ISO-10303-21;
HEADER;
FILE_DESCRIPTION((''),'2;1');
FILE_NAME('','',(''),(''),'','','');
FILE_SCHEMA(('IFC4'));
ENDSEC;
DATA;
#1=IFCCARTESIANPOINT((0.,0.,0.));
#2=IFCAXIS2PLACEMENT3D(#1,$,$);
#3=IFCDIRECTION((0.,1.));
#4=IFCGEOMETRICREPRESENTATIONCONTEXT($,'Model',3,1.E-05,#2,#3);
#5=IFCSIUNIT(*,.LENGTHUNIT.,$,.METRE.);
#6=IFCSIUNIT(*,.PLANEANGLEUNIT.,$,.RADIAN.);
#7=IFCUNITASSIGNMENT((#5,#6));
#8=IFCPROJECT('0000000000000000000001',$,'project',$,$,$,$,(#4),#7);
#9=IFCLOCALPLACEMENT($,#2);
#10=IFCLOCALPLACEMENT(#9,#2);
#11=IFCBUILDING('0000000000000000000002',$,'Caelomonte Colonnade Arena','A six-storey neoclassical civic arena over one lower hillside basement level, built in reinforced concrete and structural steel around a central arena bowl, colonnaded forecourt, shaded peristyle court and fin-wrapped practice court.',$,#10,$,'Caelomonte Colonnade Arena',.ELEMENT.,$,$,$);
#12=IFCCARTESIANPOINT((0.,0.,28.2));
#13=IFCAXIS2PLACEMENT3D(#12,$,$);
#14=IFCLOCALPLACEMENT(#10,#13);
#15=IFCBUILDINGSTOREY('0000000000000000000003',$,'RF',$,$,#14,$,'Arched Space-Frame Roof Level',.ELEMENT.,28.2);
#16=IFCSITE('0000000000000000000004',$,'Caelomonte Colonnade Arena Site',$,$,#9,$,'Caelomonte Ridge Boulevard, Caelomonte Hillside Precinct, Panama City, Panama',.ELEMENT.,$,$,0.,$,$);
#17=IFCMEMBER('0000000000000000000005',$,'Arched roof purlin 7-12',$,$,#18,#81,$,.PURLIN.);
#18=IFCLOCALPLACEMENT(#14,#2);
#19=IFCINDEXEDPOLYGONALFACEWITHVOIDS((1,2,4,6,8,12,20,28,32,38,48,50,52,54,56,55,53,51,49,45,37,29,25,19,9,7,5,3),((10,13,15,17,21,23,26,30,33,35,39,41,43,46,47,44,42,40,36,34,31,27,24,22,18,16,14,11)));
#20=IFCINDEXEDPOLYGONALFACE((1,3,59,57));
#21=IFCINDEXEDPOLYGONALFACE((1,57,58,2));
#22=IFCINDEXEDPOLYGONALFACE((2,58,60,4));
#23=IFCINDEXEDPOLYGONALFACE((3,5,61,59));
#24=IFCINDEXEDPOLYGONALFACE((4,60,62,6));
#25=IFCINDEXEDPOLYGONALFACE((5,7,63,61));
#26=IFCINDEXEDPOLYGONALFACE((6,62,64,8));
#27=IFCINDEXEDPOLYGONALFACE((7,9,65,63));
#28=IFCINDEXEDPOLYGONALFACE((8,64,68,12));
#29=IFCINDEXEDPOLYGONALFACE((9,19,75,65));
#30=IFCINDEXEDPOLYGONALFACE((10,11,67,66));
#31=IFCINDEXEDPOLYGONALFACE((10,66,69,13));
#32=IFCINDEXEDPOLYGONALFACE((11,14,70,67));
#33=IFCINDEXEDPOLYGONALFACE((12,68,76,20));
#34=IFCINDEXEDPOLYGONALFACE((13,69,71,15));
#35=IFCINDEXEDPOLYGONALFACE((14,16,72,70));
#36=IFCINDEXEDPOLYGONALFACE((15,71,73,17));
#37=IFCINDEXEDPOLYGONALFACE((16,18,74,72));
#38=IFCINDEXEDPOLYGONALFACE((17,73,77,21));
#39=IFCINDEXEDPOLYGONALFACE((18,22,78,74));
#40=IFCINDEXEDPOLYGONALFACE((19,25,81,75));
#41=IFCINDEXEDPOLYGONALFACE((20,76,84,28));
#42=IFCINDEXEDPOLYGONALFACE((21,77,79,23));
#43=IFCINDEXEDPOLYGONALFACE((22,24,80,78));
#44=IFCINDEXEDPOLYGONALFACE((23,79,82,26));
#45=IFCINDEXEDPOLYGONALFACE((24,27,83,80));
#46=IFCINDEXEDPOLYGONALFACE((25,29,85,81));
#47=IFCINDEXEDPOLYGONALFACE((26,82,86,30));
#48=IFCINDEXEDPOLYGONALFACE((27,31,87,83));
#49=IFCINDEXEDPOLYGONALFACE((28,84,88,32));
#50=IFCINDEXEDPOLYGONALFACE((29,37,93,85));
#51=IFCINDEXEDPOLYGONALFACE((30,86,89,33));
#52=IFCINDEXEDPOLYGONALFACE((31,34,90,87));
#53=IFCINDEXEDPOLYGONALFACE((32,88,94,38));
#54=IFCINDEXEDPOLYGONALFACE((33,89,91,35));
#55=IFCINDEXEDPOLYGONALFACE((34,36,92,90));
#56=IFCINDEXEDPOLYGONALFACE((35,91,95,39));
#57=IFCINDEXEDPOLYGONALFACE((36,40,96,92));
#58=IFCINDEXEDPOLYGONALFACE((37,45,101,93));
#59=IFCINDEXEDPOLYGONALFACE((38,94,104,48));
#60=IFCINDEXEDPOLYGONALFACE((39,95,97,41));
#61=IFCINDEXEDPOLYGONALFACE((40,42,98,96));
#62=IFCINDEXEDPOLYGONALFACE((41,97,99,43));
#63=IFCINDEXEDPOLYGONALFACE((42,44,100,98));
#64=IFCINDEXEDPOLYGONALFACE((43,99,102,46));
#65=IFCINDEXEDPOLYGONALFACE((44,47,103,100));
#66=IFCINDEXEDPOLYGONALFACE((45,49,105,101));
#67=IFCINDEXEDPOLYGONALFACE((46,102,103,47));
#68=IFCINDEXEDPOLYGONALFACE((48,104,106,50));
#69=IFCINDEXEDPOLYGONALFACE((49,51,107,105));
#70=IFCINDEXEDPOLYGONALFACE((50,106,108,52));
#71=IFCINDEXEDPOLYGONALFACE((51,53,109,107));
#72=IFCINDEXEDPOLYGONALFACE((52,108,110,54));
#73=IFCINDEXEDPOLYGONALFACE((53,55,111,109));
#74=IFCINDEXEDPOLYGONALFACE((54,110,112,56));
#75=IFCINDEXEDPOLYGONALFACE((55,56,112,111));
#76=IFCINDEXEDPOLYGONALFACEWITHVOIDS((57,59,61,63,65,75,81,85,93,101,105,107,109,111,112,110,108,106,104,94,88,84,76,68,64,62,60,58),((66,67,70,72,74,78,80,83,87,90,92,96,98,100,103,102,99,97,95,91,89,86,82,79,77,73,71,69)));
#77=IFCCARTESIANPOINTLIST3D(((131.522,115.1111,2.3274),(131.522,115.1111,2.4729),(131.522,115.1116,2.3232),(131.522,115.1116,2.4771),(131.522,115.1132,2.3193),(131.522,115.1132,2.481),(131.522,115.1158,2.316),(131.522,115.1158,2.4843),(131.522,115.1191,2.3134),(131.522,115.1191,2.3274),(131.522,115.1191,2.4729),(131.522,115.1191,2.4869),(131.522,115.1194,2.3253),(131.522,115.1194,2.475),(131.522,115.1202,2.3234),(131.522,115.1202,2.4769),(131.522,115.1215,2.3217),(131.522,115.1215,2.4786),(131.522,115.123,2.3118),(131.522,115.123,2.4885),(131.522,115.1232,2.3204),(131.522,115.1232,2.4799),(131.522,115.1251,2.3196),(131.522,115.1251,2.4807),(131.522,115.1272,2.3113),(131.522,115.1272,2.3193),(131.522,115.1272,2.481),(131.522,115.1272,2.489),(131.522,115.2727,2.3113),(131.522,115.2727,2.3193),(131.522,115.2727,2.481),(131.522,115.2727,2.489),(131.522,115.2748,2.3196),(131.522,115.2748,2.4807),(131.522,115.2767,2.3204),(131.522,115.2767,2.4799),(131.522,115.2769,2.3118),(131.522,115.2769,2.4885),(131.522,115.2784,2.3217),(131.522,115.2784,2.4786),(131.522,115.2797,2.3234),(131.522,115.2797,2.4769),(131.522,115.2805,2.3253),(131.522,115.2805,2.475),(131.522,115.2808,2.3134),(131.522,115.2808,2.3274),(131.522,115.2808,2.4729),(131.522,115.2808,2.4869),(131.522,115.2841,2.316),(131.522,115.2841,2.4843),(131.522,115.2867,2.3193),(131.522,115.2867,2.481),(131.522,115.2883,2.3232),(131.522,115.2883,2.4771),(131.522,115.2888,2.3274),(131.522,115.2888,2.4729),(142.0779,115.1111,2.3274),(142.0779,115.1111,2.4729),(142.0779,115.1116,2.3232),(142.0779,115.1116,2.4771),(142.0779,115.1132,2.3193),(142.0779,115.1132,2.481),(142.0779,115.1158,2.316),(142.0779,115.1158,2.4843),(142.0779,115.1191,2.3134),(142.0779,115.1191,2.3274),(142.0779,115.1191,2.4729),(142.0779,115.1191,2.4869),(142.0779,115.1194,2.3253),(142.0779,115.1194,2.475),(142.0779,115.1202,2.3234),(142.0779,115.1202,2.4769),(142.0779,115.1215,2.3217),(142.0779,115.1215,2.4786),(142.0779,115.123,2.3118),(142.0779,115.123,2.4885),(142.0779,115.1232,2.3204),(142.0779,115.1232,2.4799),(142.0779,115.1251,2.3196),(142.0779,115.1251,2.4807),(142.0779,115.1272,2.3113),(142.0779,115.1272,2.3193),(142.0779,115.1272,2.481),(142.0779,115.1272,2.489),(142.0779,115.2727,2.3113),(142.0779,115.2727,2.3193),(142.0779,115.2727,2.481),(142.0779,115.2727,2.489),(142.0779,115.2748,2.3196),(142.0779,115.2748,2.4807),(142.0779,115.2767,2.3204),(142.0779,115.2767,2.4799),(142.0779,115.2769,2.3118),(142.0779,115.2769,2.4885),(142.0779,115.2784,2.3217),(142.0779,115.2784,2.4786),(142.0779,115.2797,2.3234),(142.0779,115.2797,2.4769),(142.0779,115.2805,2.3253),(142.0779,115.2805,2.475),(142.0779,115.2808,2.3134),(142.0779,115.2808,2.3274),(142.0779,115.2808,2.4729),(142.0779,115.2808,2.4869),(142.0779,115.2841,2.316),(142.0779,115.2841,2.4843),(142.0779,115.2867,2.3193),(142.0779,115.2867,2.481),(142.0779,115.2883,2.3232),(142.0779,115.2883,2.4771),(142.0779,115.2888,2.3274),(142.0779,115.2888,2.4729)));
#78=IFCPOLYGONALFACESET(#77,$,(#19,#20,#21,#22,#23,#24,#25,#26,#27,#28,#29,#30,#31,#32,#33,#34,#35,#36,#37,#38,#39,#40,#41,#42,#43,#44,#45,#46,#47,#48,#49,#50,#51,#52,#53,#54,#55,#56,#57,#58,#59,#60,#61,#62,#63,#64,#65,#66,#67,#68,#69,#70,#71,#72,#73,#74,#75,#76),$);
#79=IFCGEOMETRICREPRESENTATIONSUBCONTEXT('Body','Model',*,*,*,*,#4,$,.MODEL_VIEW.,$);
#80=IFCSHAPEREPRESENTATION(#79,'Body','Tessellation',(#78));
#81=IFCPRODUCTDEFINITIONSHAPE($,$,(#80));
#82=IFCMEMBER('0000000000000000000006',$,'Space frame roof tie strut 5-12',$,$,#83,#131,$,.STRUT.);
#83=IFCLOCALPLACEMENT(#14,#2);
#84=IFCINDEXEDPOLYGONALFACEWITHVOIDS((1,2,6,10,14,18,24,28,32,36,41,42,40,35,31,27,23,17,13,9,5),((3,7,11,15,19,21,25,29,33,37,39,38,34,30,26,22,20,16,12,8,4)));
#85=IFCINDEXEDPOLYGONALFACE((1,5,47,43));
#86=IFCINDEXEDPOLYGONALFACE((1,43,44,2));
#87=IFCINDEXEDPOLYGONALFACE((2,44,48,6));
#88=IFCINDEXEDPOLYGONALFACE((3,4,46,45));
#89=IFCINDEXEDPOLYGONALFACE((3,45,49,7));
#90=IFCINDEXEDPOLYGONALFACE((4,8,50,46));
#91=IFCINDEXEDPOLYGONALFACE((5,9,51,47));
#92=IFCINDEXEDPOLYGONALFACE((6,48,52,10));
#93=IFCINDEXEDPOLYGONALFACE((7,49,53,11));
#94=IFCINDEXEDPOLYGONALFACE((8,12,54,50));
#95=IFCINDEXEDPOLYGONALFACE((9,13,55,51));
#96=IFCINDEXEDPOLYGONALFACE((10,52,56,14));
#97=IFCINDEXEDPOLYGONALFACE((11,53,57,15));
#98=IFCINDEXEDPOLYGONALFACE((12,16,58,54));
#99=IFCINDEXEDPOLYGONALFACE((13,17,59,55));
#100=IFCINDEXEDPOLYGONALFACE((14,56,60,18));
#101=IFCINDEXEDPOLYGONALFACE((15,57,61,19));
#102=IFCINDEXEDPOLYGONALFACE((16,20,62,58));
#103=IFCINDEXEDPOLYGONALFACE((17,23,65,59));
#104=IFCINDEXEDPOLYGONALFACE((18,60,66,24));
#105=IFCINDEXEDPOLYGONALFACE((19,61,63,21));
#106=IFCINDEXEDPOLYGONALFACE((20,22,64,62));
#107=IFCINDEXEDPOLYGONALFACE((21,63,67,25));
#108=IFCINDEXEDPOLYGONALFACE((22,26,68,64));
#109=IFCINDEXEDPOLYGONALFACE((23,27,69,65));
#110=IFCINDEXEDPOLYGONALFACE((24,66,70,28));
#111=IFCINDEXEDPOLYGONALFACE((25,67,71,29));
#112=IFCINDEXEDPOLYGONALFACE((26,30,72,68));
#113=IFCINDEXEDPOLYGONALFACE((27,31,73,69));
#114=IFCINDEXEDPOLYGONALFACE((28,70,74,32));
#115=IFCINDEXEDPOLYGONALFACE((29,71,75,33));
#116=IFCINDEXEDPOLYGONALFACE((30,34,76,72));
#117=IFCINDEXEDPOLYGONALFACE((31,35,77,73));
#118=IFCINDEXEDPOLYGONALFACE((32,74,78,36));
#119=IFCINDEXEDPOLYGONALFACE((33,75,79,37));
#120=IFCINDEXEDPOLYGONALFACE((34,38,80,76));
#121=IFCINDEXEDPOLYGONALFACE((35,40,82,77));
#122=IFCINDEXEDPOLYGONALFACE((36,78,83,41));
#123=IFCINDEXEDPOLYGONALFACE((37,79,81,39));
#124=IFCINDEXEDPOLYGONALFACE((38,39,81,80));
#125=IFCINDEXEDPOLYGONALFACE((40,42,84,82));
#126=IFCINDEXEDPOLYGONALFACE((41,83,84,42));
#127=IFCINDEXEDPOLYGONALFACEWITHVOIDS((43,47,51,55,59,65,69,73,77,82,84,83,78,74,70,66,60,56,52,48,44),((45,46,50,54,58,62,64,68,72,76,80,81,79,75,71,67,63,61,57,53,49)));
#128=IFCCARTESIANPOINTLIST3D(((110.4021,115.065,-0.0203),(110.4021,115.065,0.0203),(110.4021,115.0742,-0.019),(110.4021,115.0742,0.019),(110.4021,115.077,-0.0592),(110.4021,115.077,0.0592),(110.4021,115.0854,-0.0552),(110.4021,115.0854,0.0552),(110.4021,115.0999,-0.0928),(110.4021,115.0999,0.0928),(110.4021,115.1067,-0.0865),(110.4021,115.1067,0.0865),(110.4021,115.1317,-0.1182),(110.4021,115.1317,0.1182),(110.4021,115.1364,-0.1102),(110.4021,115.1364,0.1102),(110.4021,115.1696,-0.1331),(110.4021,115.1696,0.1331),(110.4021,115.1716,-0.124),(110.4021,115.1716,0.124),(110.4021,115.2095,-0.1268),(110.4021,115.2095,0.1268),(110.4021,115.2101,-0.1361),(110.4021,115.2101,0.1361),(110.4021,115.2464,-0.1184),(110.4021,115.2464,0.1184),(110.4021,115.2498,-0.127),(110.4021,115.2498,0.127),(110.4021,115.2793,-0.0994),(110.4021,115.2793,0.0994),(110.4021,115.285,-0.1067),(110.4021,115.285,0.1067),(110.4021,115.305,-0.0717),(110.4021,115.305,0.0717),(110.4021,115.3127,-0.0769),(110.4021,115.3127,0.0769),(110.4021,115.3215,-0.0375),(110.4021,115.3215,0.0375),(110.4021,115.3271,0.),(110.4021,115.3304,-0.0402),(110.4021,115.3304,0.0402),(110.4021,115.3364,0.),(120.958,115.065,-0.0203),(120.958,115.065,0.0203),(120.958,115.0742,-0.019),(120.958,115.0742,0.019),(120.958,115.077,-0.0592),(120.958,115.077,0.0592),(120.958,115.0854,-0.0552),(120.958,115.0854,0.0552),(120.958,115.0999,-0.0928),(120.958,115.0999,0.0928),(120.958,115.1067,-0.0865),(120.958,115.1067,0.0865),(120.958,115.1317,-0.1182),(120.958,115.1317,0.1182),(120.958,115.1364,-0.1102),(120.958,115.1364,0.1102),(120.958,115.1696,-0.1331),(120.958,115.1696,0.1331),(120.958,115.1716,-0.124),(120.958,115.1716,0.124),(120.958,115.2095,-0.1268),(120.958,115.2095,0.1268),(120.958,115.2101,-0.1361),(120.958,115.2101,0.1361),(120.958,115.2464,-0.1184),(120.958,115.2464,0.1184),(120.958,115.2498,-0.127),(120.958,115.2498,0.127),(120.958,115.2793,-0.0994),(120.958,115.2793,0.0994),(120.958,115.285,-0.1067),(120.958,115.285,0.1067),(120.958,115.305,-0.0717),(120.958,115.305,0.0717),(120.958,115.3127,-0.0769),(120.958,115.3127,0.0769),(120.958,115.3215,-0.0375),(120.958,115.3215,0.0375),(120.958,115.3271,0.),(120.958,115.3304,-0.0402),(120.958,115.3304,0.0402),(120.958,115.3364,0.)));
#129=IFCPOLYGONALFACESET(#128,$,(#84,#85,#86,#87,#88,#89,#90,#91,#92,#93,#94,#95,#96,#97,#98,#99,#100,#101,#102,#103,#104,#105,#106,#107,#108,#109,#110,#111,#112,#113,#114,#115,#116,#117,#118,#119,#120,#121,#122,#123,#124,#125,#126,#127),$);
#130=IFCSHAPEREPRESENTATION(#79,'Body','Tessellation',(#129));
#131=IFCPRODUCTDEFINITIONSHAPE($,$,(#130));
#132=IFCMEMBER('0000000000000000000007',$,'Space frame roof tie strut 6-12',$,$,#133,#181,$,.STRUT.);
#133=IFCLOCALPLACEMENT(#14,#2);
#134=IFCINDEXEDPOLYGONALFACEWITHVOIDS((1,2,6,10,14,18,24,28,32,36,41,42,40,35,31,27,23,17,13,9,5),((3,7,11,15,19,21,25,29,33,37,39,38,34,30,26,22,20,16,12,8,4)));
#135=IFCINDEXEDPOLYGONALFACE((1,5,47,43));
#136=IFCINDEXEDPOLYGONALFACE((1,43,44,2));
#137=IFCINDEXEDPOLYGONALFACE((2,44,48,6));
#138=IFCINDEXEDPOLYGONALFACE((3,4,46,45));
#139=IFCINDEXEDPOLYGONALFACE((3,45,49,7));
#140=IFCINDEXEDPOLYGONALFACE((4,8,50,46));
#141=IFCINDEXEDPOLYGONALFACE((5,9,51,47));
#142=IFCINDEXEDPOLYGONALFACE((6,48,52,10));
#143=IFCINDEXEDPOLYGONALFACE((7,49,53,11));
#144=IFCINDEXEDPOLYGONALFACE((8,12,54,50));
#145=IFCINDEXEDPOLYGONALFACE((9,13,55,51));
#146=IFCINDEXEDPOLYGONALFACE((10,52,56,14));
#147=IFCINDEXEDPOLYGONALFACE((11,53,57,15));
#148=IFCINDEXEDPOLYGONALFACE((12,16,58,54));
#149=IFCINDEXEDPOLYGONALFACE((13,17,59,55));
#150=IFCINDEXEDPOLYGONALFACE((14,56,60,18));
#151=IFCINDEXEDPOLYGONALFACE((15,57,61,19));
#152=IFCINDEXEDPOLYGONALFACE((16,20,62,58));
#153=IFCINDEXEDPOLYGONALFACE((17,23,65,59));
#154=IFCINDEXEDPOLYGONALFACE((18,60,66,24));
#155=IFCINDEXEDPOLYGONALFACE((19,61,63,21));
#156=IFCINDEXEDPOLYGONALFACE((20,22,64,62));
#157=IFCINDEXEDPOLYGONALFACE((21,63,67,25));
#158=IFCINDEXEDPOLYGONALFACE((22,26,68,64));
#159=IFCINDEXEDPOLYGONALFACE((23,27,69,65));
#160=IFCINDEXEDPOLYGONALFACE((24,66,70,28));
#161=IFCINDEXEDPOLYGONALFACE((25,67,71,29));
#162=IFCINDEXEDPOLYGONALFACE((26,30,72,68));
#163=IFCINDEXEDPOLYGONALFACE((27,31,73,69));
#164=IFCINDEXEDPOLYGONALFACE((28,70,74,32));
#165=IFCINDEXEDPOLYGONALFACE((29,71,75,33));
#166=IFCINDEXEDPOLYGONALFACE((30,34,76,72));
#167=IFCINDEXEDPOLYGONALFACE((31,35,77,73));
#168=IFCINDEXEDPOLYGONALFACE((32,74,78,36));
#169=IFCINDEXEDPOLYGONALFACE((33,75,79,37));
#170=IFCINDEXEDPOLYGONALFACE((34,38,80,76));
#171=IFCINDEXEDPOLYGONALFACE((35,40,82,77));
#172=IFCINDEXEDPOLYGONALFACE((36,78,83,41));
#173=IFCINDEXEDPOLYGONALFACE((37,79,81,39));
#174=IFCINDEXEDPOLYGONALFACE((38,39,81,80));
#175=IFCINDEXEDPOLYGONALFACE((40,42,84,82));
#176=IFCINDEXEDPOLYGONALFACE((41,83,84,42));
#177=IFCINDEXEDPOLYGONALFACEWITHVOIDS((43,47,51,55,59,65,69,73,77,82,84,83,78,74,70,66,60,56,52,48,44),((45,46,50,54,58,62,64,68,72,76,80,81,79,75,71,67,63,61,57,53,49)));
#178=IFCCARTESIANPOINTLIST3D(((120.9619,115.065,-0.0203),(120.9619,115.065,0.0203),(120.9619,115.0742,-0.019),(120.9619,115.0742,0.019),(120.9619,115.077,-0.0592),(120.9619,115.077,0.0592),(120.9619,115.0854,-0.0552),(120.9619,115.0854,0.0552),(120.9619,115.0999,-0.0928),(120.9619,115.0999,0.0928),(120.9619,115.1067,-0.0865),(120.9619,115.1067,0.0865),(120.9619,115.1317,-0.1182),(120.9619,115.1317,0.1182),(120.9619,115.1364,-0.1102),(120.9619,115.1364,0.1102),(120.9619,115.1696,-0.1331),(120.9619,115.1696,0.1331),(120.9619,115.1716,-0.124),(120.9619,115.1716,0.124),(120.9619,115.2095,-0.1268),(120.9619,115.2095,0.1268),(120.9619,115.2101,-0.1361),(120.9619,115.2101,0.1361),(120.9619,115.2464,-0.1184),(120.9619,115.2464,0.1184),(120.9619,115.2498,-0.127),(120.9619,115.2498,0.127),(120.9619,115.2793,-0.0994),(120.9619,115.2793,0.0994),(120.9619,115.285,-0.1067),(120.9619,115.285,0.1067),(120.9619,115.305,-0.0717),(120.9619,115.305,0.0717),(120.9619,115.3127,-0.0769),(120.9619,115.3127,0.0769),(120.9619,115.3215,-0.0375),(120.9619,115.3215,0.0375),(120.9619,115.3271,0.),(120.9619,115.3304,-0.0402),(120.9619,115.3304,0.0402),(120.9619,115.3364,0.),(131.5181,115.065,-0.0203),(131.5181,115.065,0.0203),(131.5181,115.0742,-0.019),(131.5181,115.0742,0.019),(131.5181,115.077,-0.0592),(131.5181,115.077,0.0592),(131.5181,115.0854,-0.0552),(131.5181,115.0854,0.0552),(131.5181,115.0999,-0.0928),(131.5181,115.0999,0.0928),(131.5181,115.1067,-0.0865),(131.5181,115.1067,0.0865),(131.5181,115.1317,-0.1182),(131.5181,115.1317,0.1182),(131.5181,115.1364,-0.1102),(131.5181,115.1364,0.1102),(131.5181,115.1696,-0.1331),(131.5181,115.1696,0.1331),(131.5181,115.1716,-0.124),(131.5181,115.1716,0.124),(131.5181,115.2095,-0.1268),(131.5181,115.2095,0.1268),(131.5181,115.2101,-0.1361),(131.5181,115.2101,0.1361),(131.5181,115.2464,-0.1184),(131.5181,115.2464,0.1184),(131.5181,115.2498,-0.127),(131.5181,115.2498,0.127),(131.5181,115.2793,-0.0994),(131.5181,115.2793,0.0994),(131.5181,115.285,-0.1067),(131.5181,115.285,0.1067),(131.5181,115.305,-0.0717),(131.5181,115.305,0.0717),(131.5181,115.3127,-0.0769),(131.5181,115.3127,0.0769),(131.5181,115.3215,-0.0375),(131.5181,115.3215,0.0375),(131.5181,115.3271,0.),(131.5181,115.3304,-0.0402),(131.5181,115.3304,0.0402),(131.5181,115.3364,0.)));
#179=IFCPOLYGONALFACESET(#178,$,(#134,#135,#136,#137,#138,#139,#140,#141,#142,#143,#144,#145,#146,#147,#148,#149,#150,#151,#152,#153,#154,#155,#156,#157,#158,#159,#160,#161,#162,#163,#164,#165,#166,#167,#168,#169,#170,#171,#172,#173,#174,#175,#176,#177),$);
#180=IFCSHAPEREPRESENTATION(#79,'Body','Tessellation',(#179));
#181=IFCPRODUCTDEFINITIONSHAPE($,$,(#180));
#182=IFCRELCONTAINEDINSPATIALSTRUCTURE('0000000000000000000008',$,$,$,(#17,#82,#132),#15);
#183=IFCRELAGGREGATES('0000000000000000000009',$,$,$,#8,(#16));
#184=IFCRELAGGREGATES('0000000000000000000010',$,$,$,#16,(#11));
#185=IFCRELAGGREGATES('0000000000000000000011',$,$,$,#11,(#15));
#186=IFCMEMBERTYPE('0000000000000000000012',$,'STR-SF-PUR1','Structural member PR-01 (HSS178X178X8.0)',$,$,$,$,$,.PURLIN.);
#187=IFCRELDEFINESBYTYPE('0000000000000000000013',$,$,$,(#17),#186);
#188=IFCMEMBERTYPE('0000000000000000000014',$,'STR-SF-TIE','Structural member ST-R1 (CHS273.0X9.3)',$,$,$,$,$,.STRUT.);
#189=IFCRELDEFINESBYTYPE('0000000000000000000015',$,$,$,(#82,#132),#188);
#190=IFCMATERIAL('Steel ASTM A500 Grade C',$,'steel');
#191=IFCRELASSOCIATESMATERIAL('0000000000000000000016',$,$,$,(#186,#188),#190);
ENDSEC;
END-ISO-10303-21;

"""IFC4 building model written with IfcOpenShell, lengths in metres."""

from ifc_helpers import new_model, si_unit, direction, frame, origin, origin_2d, place, context, subcontext, project, spatial, hollow_rectangle, hollow_circle, extrude, material, material_profile, profile_set, type_object, element, save


model = new_model("IFC4")

# Units and contexts
model_context = context("Model", 3, precision=1e-05, world=origin(), true_north=direction((0.0, 1.0)))
body_context = subcontext(model_context, "Body", "Model", "MODEL_VIEW")
ifc_project = project(units=[si_unit("LENGTHUNIT", "METRE"), si_unit("PLANEANGLEUNIT", "RADIAN")], contexts=[model_context])

# Site, building, storey
site_placement = place(None, origin())
site = spatial("IfcSite", under=ifc_project, at=site_placement, Name="Caelomonte Colonnade Arena Site", LongName="Caelomonte Ridge Boulevard, Caelomonte Hillside Precinct, Panama City, Panama", CompositionType="ELEMENT", RefElevation=0.0)
building_placement = place(site_placement, origin())
building = spatial("IfcBuilding", under=site, at=building_placement, Name="Caelomonte Colonnade Arena", Description="A six-storey neoclassical civic arena over one lower hillside basement level, built in reinforced concrete and structural steel around a central arena bowl, colonnaded forecourt, shaded peristyle court and fin-wrapped practice court.", LongName="Caelomonte Colonnade Arena", CompositionType="ELEMENT")
storey_placement = place(building_placement, frame((0.0, 0.0, 28.2)))
storey = spatial("IfcBuildingStorey", under=building, at=storey_placement, Name="RF", LongName="Arched Space-Frame Roof Level", CompositionType="ELEMENT", Elevation=28.2)

# Members
ifc_material_1 = material(Name="Steel ASTM A500 Grade C", Category="steel")
ifc_material_profile_1 = material_profile(ifc_material_1, hollow_rectangle(XDim=0.1777, YDim=0.1777, WallThickness=0.0081, InnerFilletRadius=0.0081, OuterFilletRadius=0.0161, at=origin_2d()), Name="HSS178X178X8.0")
ifc_profile_set_1 = profile_set([ifc_material_profile_1], Name="Steel ASTM A500 Grade C")
member_type_1 = type_object("IfcMemberType", Name="STR-SF-PUR1", Description="Structural member PR-01 (HSS178X178X8.0)", PredefinedType="PURLIN", material=ifc_profile_set_1)
member_1_placement = place(storey_placement, frame((131.522, 115.2, 2.4001), z_axis=(1.0, 0.0, 0.0), x_axis=(0.0, 1.0, 0.0)))
element("IfcMember", 1, at=member_1_placement, inside=storey, type_object=member_type_1, Name="Arched roof purlin 7-12", PredefinedType="PURLIN", context=body_context, shape_type="SweptSolid", body=[
    extrude(hollow_rectangle(XDim=0.1777, YDim=0.1777, WallThickness=0.0081, InnerFilletRadius=0.0081, OuterFilletRadius=0.0161, at=origin_2d()), origin(), (0.0, 0.0, 1.0), 10.5559),
])
ifc_material_profile_2 = material_profile(ifc_material_1, hollow_circle(Radius=0.1365, WallThickness=0.0093, at=origin_2d()), Name="CHS273.0X9.3")
ifc_profile_set_2 = profile_set([ifc_material_profile_2], Name="Steel ASTM A500 Grade C")
member_type_2 = type_object("IfcMemberType", Name="STR-SF-TIE", Description="Structural member ST-R1 (CHS273.0X9.3)", PredefinedType="STRUT", material=ifc_profile_set_2)
member_2_placement = place(storey_placement, frame((110.4021, 115.2, 0.0), z_axis=(1.0, 0.0, 0.0), x_axis=(0.0, 1.0, 0.0)))
element("IfcMember", 2, at=member_2_placement, inside=storey, type_object=member_type_2, Name="Space frame roof tie strut 5-12", PredefinedType="STRUT", context=body_context, shape_type="SweptSolid", body=[
    extrude(hollow_circle(Radius=0.1365, WallThickness=0.0093, at=origin_2d()), origin(), (0.0, 0.0, 1.0), 10.5559),
])
member_3_placement = place(storey_placement, frame((120.9619, 115.2, 0.0), z_axis=(1.0, 0.0, 0.0), x_axis=(0.0, 1.0, 0.0)))
element("IfcMember", 3, at=member_3_placement, inside=storey, type_object=member_type_2, Name="Space frame roof tie strut 6-12", PredefinedType="STRUT", context=body_context, shape_type="SweptSolid", body=[
    extrude(hollow_circle(Radius=0.1365, WallThickness=0.0093, at=origin_2d()), origin(), (0.0, 0.0, 1.0), 10.5562),
])

save(model, "model.ifc")
